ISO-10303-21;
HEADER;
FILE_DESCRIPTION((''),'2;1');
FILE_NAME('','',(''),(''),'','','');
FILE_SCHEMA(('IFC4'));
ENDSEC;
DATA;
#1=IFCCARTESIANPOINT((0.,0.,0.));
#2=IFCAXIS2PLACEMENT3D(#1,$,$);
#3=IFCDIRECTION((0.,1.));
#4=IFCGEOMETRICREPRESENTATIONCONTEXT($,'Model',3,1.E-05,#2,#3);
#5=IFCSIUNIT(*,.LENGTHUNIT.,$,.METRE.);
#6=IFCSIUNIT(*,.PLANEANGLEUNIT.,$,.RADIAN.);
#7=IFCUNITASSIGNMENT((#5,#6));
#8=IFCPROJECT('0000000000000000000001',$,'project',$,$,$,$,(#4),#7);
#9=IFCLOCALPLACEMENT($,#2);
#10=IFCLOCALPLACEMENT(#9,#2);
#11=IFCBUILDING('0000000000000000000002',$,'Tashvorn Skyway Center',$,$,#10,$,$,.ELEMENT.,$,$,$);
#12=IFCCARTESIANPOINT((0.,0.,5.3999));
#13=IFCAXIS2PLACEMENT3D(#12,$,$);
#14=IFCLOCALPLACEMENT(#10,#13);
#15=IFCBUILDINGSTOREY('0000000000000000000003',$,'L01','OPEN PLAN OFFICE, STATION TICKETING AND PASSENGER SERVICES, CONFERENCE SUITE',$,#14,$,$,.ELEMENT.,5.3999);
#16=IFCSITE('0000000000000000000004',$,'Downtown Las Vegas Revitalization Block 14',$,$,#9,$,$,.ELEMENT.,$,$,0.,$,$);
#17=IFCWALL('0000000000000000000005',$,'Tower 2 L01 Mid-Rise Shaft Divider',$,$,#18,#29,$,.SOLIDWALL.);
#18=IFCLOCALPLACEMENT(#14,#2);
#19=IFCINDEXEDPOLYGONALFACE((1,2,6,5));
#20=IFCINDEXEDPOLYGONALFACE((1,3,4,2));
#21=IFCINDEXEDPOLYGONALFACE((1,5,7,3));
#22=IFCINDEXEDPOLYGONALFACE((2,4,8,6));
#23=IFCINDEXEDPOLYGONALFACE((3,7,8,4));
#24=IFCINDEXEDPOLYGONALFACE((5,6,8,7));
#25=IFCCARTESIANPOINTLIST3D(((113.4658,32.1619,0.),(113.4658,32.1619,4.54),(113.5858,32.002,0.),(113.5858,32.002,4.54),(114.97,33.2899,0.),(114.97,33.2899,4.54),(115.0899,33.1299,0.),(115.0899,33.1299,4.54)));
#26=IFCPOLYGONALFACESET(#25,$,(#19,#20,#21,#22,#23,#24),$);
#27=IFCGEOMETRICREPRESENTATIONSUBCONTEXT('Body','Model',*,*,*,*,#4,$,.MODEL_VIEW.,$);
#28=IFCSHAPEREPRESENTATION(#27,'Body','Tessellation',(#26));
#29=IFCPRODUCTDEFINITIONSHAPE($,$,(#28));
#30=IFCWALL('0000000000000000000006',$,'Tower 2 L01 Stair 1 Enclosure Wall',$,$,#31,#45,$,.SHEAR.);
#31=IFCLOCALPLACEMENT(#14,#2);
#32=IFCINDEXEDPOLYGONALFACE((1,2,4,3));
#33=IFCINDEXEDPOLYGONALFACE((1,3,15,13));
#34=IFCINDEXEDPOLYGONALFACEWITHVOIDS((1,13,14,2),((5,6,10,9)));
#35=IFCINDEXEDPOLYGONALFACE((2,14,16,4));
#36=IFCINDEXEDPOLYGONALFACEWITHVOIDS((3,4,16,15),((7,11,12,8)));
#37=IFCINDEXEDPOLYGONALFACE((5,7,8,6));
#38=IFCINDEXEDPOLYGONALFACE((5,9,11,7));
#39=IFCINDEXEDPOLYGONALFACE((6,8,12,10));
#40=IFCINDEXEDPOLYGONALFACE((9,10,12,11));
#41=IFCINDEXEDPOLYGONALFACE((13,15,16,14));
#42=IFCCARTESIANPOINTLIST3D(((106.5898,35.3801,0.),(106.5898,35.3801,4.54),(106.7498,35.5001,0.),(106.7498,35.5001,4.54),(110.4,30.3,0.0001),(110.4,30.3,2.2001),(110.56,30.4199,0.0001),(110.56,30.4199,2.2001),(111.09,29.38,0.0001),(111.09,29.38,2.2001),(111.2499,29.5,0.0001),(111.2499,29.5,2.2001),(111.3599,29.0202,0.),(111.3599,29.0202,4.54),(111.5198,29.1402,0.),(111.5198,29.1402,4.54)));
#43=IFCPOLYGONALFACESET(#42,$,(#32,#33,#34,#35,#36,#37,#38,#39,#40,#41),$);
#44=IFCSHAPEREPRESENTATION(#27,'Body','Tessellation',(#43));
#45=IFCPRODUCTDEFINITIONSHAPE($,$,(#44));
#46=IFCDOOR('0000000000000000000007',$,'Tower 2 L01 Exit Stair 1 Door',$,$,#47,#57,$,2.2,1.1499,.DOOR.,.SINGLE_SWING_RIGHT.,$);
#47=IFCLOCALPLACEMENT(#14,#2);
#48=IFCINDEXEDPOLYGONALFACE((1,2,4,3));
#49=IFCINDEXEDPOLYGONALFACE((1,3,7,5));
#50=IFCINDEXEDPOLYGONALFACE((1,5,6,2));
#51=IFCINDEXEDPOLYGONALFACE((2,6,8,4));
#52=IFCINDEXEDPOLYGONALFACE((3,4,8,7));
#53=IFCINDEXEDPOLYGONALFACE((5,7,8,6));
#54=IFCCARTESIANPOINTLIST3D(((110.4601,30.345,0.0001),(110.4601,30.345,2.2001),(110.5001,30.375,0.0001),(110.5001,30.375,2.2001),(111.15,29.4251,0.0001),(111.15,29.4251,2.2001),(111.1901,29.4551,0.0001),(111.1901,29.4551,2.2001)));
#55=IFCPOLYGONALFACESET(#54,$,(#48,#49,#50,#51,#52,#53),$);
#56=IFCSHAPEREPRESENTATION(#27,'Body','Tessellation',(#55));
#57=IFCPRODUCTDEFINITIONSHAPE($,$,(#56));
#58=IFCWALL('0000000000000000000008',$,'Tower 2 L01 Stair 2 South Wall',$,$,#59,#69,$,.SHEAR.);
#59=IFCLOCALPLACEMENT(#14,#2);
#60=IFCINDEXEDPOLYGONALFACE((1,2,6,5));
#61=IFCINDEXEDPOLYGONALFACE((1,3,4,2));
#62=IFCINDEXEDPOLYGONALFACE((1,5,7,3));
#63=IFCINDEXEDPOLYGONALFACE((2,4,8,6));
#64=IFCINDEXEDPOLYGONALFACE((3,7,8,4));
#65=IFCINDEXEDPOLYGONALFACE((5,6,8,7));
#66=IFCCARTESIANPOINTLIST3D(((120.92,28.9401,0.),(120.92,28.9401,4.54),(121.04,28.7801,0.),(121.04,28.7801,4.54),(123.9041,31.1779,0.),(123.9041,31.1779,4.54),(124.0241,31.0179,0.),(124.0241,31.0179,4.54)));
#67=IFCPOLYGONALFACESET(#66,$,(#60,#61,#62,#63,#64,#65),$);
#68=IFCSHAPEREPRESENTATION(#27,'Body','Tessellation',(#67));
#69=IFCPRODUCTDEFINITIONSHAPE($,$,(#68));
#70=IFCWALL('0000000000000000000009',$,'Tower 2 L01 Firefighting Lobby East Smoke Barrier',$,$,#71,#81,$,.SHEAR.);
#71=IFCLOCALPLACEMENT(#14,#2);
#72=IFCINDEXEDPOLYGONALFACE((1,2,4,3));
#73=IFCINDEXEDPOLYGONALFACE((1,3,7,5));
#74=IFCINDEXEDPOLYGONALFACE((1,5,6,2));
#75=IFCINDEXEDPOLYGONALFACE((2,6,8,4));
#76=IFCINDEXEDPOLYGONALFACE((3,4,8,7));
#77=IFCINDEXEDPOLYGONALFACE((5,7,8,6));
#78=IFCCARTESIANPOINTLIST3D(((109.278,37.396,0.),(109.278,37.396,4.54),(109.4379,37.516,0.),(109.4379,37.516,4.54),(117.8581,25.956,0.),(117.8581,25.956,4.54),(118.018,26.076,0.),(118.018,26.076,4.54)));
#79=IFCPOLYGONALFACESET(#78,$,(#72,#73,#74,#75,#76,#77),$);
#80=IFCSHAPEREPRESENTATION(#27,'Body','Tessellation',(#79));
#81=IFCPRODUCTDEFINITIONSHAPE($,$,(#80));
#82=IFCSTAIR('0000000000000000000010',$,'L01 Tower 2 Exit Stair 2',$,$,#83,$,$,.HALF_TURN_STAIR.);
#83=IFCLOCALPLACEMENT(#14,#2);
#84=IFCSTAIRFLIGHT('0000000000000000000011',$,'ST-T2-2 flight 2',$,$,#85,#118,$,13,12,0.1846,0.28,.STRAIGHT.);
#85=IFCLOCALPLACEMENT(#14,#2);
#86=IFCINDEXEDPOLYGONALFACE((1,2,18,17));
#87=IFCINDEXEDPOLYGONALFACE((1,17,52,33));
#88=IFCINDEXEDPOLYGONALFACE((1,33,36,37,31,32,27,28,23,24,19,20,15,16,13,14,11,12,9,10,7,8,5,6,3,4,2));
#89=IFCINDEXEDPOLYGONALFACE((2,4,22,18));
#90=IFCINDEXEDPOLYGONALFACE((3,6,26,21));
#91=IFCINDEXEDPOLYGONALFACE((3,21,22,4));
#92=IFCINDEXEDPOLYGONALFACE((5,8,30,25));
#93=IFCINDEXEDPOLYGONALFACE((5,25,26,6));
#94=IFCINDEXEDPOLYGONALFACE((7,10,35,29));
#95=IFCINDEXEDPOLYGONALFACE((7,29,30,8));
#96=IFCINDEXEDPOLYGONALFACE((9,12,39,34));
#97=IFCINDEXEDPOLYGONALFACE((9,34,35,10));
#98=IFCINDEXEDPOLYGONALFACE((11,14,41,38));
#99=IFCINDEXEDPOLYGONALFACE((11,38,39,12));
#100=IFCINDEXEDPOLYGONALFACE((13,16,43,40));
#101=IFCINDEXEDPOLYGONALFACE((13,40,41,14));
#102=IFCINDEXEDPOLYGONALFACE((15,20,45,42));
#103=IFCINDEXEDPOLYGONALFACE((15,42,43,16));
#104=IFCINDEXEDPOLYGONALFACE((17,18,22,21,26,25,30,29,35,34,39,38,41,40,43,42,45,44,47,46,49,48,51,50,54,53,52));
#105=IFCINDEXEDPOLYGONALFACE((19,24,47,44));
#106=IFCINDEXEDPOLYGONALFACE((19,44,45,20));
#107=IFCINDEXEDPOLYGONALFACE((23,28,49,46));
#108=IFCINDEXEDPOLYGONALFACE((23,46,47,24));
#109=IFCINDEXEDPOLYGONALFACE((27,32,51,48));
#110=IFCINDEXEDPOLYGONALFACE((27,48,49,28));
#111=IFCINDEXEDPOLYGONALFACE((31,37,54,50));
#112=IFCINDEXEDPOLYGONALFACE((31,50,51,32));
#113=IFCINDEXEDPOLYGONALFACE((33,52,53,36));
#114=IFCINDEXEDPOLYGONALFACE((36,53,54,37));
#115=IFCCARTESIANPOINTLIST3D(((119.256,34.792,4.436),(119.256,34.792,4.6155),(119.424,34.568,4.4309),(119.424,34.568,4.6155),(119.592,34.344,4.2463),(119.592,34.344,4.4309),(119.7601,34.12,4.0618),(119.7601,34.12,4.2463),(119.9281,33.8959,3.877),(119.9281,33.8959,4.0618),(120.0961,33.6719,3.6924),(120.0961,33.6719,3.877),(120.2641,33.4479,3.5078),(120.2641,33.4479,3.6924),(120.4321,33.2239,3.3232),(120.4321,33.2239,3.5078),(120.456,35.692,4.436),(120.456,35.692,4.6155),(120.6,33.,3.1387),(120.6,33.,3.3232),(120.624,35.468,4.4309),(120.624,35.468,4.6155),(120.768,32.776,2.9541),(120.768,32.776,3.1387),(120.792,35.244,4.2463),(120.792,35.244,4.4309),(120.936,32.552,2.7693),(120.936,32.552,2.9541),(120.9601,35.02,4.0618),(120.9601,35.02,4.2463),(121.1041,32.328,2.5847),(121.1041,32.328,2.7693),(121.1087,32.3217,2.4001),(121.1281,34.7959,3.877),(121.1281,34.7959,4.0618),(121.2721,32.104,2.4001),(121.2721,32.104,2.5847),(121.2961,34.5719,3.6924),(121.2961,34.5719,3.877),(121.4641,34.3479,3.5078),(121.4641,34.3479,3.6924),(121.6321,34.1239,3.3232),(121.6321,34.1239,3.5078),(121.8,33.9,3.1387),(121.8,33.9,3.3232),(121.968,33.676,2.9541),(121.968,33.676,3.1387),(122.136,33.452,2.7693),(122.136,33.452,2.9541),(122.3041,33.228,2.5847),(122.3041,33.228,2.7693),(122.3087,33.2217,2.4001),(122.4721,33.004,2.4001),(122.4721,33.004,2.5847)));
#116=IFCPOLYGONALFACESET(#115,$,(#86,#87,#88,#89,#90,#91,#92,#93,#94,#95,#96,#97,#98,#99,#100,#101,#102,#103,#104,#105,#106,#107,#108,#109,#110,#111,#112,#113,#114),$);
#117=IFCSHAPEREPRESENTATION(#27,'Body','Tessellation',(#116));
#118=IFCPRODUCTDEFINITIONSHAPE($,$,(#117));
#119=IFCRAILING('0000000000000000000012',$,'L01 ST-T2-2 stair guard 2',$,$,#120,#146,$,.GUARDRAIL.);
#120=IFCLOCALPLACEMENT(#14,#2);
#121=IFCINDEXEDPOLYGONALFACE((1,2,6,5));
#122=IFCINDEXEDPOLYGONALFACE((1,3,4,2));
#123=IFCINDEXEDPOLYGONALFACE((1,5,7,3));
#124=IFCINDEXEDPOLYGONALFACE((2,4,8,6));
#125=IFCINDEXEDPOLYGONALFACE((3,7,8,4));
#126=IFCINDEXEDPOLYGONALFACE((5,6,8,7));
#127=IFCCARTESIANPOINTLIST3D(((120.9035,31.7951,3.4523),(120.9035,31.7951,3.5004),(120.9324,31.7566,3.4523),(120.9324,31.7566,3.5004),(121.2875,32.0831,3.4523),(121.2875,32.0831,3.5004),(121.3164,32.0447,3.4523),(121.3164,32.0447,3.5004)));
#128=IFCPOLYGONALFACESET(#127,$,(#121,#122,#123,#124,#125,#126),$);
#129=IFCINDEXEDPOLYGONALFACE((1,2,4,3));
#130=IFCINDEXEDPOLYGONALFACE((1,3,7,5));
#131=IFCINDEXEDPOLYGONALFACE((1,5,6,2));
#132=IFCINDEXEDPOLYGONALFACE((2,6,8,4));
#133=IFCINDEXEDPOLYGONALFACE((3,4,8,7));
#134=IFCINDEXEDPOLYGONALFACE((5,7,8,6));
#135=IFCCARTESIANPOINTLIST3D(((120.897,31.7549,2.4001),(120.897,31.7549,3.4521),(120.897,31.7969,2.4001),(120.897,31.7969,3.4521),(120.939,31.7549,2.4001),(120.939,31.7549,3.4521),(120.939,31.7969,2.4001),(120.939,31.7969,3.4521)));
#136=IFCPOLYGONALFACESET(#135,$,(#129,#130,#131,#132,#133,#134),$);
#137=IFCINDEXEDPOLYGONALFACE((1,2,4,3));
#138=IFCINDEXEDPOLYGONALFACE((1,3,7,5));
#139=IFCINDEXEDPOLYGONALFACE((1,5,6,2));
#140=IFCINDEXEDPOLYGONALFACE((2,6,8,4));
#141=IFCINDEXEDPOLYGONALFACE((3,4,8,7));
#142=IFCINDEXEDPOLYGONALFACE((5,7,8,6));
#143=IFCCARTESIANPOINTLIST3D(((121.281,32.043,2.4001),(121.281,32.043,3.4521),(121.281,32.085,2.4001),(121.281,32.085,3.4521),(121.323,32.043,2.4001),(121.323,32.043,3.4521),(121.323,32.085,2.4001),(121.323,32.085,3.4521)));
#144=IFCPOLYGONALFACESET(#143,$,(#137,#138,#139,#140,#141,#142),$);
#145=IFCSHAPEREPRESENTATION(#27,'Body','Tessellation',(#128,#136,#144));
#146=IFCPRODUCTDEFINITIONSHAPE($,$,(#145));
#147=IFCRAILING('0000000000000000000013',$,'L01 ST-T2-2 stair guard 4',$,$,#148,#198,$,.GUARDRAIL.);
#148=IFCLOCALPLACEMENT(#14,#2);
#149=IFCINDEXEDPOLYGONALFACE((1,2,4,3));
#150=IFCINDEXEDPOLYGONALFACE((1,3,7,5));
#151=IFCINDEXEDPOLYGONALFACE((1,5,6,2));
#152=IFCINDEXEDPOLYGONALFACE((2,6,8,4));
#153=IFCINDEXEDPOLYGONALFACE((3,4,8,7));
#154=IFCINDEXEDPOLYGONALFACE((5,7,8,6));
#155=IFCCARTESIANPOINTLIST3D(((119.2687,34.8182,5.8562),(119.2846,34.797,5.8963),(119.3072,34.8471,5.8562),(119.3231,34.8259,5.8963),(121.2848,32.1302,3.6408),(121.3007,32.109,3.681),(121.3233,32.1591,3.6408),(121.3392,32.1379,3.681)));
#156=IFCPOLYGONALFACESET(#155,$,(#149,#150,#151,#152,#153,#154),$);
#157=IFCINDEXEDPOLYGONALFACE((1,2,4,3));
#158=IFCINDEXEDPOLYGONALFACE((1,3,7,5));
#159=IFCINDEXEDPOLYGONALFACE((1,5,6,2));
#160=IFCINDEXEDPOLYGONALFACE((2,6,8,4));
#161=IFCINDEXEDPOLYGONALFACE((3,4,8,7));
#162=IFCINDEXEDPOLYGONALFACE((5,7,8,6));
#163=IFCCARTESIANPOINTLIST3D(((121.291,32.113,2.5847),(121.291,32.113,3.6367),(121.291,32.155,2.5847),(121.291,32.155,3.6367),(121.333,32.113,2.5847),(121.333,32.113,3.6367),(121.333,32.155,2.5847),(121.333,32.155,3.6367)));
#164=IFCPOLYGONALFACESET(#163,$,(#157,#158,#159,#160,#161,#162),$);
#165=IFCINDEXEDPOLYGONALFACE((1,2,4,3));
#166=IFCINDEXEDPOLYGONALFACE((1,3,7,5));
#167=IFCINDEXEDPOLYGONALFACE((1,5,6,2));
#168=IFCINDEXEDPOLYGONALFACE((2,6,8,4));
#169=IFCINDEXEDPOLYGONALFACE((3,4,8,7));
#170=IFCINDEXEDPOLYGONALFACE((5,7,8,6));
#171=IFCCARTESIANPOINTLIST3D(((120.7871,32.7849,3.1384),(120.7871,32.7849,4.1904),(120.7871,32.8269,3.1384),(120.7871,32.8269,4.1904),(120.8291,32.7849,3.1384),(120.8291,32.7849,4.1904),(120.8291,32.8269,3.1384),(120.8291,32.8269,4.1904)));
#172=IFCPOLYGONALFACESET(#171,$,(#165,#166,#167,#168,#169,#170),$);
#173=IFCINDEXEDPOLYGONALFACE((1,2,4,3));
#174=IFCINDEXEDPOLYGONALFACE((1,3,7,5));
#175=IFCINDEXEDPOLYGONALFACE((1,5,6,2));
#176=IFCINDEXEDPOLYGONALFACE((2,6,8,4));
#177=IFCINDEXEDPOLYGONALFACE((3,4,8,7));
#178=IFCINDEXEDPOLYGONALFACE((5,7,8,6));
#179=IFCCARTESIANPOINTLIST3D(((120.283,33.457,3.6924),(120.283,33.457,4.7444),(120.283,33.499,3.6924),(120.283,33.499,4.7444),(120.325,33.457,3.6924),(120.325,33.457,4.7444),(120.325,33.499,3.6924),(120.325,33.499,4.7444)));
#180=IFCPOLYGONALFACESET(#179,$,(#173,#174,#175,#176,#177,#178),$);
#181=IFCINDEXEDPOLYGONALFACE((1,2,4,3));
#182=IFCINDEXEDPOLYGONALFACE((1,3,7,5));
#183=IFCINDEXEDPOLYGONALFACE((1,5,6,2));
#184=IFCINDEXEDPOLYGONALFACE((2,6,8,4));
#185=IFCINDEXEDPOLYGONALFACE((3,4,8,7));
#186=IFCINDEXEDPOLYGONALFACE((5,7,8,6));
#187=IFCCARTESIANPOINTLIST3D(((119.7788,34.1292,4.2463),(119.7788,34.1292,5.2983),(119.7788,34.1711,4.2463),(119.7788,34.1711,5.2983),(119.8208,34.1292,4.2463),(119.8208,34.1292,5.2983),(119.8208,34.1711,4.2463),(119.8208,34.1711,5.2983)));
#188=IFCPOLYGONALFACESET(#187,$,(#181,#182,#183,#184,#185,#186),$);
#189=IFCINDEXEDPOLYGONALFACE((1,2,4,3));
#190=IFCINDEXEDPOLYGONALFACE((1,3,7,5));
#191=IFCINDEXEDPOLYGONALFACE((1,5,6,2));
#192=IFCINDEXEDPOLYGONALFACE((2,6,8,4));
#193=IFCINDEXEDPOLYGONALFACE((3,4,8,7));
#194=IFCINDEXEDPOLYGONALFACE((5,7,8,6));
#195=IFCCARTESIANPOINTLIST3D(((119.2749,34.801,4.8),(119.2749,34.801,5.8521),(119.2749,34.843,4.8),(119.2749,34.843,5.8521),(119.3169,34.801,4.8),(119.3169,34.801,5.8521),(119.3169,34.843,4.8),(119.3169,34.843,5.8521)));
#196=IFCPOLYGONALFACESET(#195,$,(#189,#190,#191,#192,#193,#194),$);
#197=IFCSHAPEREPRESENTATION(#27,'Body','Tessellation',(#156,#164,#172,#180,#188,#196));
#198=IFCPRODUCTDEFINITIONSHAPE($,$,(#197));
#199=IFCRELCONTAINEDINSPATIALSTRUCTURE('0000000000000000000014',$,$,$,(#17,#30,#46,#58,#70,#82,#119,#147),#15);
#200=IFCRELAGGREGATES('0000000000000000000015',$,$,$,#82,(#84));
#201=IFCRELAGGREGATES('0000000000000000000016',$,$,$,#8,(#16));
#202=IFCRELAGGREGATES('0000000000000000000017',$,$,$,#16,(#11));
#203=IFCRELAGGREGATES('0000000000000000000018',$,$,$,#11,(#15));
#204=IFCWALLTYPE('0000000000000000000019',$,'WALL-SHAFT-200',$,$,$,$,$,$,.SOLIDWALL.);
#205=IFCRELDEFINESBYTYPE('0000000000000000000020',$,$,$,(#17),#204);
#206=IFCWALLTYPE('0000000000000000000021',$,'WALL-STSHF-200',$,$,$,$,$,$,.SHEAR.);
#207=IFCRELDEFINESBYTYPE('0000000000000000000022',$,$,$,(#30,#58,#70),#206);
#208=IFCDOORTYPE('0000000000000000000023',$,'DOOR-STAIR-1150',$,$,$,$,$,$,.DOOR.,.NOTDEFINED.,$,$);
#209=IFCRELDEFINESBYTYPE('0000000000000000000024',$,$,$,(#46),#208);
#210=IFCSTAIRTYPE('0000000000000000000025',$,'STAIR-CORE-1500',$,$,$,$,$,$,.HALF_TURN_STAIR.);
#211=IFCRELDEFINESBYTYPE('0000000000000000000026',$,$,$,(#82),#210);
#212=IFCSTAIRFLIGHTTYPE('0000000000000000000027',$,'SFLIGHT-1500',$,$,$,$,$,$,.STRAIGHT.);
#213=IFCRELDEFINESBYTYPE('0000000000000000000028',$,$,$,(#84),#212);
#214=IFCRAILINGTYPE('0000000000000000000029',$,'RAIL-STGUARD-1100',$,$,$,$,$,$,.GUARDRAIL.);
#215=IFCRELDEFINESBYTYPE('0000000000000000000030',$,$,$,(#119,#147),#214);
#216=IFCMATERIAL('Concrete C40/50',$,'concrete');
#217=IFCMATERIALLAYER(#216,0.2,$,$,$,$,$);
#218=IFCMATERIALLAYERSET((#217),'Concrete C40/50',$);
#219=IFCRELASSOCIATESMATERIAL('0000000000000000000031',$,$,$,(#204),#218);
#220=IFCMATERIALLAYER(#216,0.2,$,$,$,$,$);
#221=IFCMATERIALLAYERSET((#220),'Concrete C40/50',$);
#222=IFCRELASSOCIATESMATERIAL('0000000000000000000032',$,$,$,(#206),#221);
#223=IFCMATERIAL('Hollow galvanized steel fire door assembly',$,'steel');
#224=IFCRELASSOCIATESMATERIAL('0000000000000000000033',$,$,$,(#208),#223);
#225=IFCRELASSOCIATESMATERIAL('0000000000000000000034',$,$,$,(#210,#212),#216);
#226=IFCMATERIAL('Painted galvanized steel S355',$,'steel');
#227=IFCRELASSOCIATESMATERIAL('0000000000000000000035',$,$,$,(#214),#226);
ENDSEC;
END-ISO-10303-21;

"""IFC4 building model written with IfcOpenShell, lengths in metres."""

from ifc_helpers import new_model, si_unit, direction, frame, frame_2d, origin, origin_2d, place, context, subcontext, project, spatial, polyline, rectangle, outline, extrude, material, layer, layer_set, type_object, element, fill, aggregate, save


model = new_model("IFC4")

# Units and contexts
model_context = context("Model", 3, precision=1e-05, world=origin(), true_north=direction((0.0, 1.0)))
body_context = subcontext(model_context, "Body", "Model", "MODEL_VIEW")
ifc_project = project(units=[si_unit("LENGTHUNIT", "METRE"), si_unit("PLANEANGLEUNIT", "RADIAN")], contexts=[model_context])

# Site, building, storey
site_placement = place(None, origin())
site = spatial("IfcSite", under=ifc_project, at=site_placement, Name="Downtown Las Vegas Revitalization Block 14", CompositionType="ELEMENT", RefElevation=0.0)
building_placement = place(site_placement, origin())
building = spatial("IfcBuilding", under=site, at=building_placement, Name="Tashvorn Skyway Center", CompositionType="ELEMENT")
storey_placement = place(building_placement, frame((0.0, 0.0, 5.3999)))
storey = spatial("IfcBuildingStorey", under=building, at=storey_placement, Name="L01", Description="OPEN PLAN OFFICE, STATION TICKETING AND PASSENGER SERVICES, CONFERENCE SUITE", CompositionType="ELEMENT", Elevation=5.3999)

# Shared definitions
ifc_material_1 = material(Name="Concrete C40/50", Category="concrete")
ifc_layer_1 = layer(ifc_material_1, 0.2)
ifc_layer_set_1 = layer_set([ifc_layer_1], Name="Concrete C40/50")
wall_type_1 = type_object("IfcWallType", Name="WALL-SHAFT-200", PredefinedType="SOLIDWALL", material=ifc_layer_set_1)

# Wall
wall_1_placement = place(storey_placement, frame((113.5259, 32.082, 0.0), z_axis=(0.0, 0.0, 1.0), x_axis=(0.800047, 0.599938, 0.0)))
element("IfcWall", 1, at=wall_1_placement, inside=storey, type_object=wall_type_1, Name="Tower 2 L01 Mid-Rise Shaft Divider", PredefinedType="SOLIDWALL", context=body_context, shape_type="SweptSolid", body=[
    extrude(rectangle(XDim=1.8801, YDim=0.2, at=frame_2d((0.9399, 0.0))), origin(), (0.0, 0.0, 1.0), 4.54),
])

# Wall, opening, door
ifc_layer_2 = layer(ifc_material_1, 0.2)
ifc_layer_set_2 = layer_set([ifc_layer_2], Name="Concrete C40/50")
wall_type_2 = type_object("IfcWallType", Name="WALL-STSHF-200", PredefinedType="SHEAR", material=ifc_layer_set_2)
wall_2_placement = place(storey_placement, frame((111.4399, 29.0801, 0.0), z_axis=(0.0, 0.0, 1.0), x_axis=(-0.60001, 0.799993, 0.0)))
wall_2 = element("IfcWall", 2, at=wall_2_placement, inside=storey, type_object=wall_type_2, Name="Tower 2 L01 Stair 1 Enclosure Wall", PredefinedType="SHEAR", context=body_context, shape_type="SweptSolid", body=[
    extrude(rectangle(XDim=7.95, YDim=0.2, at=frame_2d((3.9751, 0.0))), origin(), (0.0, 0.0, 1.0), 4.54),
])
opening_1_placement = place(wall_2_placement, frame((0.45, 0.0, 0.0)))
opening_1 = element("IfcOpeningElement", 3, at=opening_1_placement, cuts=wall_2, PredefinedType="OPENING", context=body_context, shape_type="SweptSolid", body=[
    extrude(rectangle(XDim=1.1499, YDim=2.2, at=frame_2d((0.575, 1.1001))), frame((0.0, 0.1099, 0.0), z_axis=(0.0, -1.0, 0.0), x_axis=(1.0, 0.0, 0.0)), (0.0, 0.0, 1.0), 0.22),
])
ifc_material_2 = material(Name="Hollow galvanized steel fire door assembly", Category="steel")
door_type_1 = type_object("IfcDoorType", Name="DOOR-STAIR-1150", OperationType="NOTDEFINED", PredefinedType="DOOR", material=ifc_material_2)
door_1_placement = place(opening_1_placement, origin())
door_1 = element("IfcDoor", 4, at=door_1_placement, inside=storey, type_object=door_type_1, Name="Tower 2 L01 Exit Stair 1 Door", OperationType="SINGLE_SWING_RIGHT", OverallHeight=2.2, OverallWidth=1.1499, PredefinedType="DOOR", context=body_context, shape_type="SweptSolid", body=[
    extrude(rectangle(XDim=1.1499, YDim=2.2, at=frame_2d((0.575, 1.1001))), frame((0.0, 0.0249, 0.0), z_axis=(0.0, -1.0, 0.0), x_axis=(1.0, 0.0, 0.0)), (0.0, 0.0, 1.0), 0.05),
])
fill(opening_1, door_1)

# Walls
wall_3_placement = place(storey_placement, frame((120.98, 28.8601, 0.0), z_axis=(0.0, 0.0, 1.0), x_axis=(0.800039, 0.599948, 0.0)))
element("IfcWall", 5, at=wall_3_placement, inside=storey, type_object=wall_type_2, Name="Tower 2 L01 Stair 2 South Wall", PredefinedType="SHEAR", context=body_context, shape_type="SweptSolid", body=[
    extrude(rectangle(XDim=3.73, YDim=0.2, at=frame_2d((1.865, 0.0))), origin(), (0.0, 0.0, 1.0), 4.54),
])
wall_4_placement = place(storey_placement, frame((117.938, 26.0161, 0.0), z_axis=(0.0, 0.0, 1.0), x_axis=(-0.600005, 0.799996, 0.0)))
element("IfcWall", 6, at=wall_4_placement, inside=storey, type_object=wall_type_2, Name="Tower 2 L01 Firefighting Lobby East Smoke Barrier", PredefinedType="SHEAR", context=body_context, shape_type="SweptSolid", body=[
    extrude(rectangle(XDim=14.3, YDim=0.2, at=frame_2d((7.1499, 0.0))), origin(), (0.0, 0.0, 1.0), 4.54),
])

# Stair, stair flight
stair_type = type_object("IfcStairType", Name="STAIR-CORE-1500", PredefinedType="HALF_TURN_STAIR", material=ifc_material_1)
stair_placement = place(storey_placement, origin())
stair = element("IfcStair", 7, at=stair_placement, inside=storey, type_object=stair_type, Name="L01 Tower 2 Exit Stair 2", PredefinedType="HALF_TURN_STAIR")
stair_flight_type = type_object("IfcStairFlightType", Name="SFLIGHT-1500", PredefinedType="STRAIGHT", material=ifc_material_1)
stair_flight_placement = place(storey_placement, frame((121.8721, 32.554, 2.4001), z_axis=(0.0, 0.0, 1.0), x_axis=(-0.6, 0.8, 0.0)))
stair_flight = element("IfcStairFlight", 8, at=stair_flight_placement, type_object=stair_flight_type, Name="ST-T2-2 flight 2", NumberOfRisers=13, NumberOfTreads=12, PredefinedType="STRAIGHT", RiserHeight=0.1846, TreadLength=0.28, context=body_context, shape_type="SweptSolid", body=[
    extrude(outline(polyline([(0.0, 0.0), (0.0, 0.1846), (0.28, 0.1846), (0.28, 0.3691), (0.5601, 0.3691), (0.5601, 0.554), (0.8401, 0.554), (0.8401, 0.7385), (1.1201, 0.7385), (1.1201, 0.9231), (1.3999, 0.9231), (1.3999, 1.1077), (1.6799, 1.1077), (1.6799, 1.2922), (1.96, 1.2922), (1.96, 1.4768), (2.24, 1.4768), (2.24, 1.6616), (2.52, 1.6616), (2.52, 1.8462), (2.8, 1.8462), (2.8, 2.0308), (3.0801, 2.0308), (3.0801, 2.2153), (3.3601, 2.2153), (3.3601, 2.3999), (3.3601, 2.0359), (0.2722, 0.0), (0.0, 0.0)])), frame((0.0, 0.75, 0.0), z_axis=(0.0, -1.0, 0.0), x_axis=(1.0, 0.0, 0.0)), (0.0, 0.0, 1.0), 1.5),
])
aggregate(stair, [stair_flight])

# Railings
ifc_material_3 = material(Name="Painted galvanized steel S355", Category="steel")
railing_type = type_object("IfcRailingType", Name="RAIL-STGUARD-1100", PredefinedType="GUARDRAIL", material=ifc_material_3)
railing_1_placement = place(storey_placement, frame((120.918, 31.7759, 2.4001)))
element("IfcRailing", 9, at=railing_1_placement, inside=storey, type_object=railing_type, Name="L01 ST-T2-2 stair guard 2", PredefinedType="GUARDRAIL", context=body_context, shape_type="SweptSolid", body=[
    extrude(rectangle(XDim=0.0481, YDim=0.0481, at=origin_2d()), frame((0.0, 0.0, 1.0762), z_axis=(0.799939, 0.600081, 0.0), x_axis=(-0.600081, 0.799939, 0.0)), (0.0, 0.0, 1.0), 0.48),
    extrude(rectangle(XDim=0.042, YDim=0.042, at=origin_2d()), origin(), (0.0, 0.0, 1.0), 1.052),
    extrude(rectangle(XDim=0.042, YDim=0.042, at=origin_2d()), frame((0.384, 0.2881, 0.0)), (0.0, 0.0, 1.0), 1.052),
])
railing_2_placement = place(storey_placement, frame((121.312, 32.134, 2.5847)))
element("IfcRailing", 10, at=railing_2_placement, inside=storey, type_object=railing_type, Name="L01 ST-T2-2 stair guard 4", PredefinedType="GUARDRAIL", context=body_context, shape_type="SweptSolid", body=[
    extrude(rectangle(XDim=0.0481, YDim=0.0481, at=origin_2d()), frame((0.0, 0.0, 1.0762), z_axis=(-0.500943, 0.667884, 0.550443), x_axis=(-0.799983, -0.600023, 0.0)), (0.0, 0.0, 1.0), 4.0247),
    extrude(rectangle(XDim=0.042, YDim=0.042, at=origin_2d()), origin(), (0.0, 0.0, 1.0), 1.052),
    extrude(rectangle(XDim=0.042, YDim=0.042, at=origin_2d()), frame((-0.5039, 0.6719, 0.5537)), (0.0, 0.0, 1.0), 1.052),
    extrude(rectangle(XDim=0.042, YDim=0.042, at=origin_2d()), frame((-1.0081, 1.344, 1.1077)), (0.0, 0.0, 1.0), 1.052),
    extrude(rectangle(XDim=0.042, YDim=0.042, at=origin_2d()), frame((-1.5122, 2.0161, 1.6616)), (0.0, 0.0, 1.0), 1.052),
    extrude(rectangle(XDim=0.042, YDim=0.042, at=origin_2d()), frame((-2.0161, 2.688, 2.2153)), (0.0, 0.0, 1.0), 1.052),
])

save(model, "model.ifc")
